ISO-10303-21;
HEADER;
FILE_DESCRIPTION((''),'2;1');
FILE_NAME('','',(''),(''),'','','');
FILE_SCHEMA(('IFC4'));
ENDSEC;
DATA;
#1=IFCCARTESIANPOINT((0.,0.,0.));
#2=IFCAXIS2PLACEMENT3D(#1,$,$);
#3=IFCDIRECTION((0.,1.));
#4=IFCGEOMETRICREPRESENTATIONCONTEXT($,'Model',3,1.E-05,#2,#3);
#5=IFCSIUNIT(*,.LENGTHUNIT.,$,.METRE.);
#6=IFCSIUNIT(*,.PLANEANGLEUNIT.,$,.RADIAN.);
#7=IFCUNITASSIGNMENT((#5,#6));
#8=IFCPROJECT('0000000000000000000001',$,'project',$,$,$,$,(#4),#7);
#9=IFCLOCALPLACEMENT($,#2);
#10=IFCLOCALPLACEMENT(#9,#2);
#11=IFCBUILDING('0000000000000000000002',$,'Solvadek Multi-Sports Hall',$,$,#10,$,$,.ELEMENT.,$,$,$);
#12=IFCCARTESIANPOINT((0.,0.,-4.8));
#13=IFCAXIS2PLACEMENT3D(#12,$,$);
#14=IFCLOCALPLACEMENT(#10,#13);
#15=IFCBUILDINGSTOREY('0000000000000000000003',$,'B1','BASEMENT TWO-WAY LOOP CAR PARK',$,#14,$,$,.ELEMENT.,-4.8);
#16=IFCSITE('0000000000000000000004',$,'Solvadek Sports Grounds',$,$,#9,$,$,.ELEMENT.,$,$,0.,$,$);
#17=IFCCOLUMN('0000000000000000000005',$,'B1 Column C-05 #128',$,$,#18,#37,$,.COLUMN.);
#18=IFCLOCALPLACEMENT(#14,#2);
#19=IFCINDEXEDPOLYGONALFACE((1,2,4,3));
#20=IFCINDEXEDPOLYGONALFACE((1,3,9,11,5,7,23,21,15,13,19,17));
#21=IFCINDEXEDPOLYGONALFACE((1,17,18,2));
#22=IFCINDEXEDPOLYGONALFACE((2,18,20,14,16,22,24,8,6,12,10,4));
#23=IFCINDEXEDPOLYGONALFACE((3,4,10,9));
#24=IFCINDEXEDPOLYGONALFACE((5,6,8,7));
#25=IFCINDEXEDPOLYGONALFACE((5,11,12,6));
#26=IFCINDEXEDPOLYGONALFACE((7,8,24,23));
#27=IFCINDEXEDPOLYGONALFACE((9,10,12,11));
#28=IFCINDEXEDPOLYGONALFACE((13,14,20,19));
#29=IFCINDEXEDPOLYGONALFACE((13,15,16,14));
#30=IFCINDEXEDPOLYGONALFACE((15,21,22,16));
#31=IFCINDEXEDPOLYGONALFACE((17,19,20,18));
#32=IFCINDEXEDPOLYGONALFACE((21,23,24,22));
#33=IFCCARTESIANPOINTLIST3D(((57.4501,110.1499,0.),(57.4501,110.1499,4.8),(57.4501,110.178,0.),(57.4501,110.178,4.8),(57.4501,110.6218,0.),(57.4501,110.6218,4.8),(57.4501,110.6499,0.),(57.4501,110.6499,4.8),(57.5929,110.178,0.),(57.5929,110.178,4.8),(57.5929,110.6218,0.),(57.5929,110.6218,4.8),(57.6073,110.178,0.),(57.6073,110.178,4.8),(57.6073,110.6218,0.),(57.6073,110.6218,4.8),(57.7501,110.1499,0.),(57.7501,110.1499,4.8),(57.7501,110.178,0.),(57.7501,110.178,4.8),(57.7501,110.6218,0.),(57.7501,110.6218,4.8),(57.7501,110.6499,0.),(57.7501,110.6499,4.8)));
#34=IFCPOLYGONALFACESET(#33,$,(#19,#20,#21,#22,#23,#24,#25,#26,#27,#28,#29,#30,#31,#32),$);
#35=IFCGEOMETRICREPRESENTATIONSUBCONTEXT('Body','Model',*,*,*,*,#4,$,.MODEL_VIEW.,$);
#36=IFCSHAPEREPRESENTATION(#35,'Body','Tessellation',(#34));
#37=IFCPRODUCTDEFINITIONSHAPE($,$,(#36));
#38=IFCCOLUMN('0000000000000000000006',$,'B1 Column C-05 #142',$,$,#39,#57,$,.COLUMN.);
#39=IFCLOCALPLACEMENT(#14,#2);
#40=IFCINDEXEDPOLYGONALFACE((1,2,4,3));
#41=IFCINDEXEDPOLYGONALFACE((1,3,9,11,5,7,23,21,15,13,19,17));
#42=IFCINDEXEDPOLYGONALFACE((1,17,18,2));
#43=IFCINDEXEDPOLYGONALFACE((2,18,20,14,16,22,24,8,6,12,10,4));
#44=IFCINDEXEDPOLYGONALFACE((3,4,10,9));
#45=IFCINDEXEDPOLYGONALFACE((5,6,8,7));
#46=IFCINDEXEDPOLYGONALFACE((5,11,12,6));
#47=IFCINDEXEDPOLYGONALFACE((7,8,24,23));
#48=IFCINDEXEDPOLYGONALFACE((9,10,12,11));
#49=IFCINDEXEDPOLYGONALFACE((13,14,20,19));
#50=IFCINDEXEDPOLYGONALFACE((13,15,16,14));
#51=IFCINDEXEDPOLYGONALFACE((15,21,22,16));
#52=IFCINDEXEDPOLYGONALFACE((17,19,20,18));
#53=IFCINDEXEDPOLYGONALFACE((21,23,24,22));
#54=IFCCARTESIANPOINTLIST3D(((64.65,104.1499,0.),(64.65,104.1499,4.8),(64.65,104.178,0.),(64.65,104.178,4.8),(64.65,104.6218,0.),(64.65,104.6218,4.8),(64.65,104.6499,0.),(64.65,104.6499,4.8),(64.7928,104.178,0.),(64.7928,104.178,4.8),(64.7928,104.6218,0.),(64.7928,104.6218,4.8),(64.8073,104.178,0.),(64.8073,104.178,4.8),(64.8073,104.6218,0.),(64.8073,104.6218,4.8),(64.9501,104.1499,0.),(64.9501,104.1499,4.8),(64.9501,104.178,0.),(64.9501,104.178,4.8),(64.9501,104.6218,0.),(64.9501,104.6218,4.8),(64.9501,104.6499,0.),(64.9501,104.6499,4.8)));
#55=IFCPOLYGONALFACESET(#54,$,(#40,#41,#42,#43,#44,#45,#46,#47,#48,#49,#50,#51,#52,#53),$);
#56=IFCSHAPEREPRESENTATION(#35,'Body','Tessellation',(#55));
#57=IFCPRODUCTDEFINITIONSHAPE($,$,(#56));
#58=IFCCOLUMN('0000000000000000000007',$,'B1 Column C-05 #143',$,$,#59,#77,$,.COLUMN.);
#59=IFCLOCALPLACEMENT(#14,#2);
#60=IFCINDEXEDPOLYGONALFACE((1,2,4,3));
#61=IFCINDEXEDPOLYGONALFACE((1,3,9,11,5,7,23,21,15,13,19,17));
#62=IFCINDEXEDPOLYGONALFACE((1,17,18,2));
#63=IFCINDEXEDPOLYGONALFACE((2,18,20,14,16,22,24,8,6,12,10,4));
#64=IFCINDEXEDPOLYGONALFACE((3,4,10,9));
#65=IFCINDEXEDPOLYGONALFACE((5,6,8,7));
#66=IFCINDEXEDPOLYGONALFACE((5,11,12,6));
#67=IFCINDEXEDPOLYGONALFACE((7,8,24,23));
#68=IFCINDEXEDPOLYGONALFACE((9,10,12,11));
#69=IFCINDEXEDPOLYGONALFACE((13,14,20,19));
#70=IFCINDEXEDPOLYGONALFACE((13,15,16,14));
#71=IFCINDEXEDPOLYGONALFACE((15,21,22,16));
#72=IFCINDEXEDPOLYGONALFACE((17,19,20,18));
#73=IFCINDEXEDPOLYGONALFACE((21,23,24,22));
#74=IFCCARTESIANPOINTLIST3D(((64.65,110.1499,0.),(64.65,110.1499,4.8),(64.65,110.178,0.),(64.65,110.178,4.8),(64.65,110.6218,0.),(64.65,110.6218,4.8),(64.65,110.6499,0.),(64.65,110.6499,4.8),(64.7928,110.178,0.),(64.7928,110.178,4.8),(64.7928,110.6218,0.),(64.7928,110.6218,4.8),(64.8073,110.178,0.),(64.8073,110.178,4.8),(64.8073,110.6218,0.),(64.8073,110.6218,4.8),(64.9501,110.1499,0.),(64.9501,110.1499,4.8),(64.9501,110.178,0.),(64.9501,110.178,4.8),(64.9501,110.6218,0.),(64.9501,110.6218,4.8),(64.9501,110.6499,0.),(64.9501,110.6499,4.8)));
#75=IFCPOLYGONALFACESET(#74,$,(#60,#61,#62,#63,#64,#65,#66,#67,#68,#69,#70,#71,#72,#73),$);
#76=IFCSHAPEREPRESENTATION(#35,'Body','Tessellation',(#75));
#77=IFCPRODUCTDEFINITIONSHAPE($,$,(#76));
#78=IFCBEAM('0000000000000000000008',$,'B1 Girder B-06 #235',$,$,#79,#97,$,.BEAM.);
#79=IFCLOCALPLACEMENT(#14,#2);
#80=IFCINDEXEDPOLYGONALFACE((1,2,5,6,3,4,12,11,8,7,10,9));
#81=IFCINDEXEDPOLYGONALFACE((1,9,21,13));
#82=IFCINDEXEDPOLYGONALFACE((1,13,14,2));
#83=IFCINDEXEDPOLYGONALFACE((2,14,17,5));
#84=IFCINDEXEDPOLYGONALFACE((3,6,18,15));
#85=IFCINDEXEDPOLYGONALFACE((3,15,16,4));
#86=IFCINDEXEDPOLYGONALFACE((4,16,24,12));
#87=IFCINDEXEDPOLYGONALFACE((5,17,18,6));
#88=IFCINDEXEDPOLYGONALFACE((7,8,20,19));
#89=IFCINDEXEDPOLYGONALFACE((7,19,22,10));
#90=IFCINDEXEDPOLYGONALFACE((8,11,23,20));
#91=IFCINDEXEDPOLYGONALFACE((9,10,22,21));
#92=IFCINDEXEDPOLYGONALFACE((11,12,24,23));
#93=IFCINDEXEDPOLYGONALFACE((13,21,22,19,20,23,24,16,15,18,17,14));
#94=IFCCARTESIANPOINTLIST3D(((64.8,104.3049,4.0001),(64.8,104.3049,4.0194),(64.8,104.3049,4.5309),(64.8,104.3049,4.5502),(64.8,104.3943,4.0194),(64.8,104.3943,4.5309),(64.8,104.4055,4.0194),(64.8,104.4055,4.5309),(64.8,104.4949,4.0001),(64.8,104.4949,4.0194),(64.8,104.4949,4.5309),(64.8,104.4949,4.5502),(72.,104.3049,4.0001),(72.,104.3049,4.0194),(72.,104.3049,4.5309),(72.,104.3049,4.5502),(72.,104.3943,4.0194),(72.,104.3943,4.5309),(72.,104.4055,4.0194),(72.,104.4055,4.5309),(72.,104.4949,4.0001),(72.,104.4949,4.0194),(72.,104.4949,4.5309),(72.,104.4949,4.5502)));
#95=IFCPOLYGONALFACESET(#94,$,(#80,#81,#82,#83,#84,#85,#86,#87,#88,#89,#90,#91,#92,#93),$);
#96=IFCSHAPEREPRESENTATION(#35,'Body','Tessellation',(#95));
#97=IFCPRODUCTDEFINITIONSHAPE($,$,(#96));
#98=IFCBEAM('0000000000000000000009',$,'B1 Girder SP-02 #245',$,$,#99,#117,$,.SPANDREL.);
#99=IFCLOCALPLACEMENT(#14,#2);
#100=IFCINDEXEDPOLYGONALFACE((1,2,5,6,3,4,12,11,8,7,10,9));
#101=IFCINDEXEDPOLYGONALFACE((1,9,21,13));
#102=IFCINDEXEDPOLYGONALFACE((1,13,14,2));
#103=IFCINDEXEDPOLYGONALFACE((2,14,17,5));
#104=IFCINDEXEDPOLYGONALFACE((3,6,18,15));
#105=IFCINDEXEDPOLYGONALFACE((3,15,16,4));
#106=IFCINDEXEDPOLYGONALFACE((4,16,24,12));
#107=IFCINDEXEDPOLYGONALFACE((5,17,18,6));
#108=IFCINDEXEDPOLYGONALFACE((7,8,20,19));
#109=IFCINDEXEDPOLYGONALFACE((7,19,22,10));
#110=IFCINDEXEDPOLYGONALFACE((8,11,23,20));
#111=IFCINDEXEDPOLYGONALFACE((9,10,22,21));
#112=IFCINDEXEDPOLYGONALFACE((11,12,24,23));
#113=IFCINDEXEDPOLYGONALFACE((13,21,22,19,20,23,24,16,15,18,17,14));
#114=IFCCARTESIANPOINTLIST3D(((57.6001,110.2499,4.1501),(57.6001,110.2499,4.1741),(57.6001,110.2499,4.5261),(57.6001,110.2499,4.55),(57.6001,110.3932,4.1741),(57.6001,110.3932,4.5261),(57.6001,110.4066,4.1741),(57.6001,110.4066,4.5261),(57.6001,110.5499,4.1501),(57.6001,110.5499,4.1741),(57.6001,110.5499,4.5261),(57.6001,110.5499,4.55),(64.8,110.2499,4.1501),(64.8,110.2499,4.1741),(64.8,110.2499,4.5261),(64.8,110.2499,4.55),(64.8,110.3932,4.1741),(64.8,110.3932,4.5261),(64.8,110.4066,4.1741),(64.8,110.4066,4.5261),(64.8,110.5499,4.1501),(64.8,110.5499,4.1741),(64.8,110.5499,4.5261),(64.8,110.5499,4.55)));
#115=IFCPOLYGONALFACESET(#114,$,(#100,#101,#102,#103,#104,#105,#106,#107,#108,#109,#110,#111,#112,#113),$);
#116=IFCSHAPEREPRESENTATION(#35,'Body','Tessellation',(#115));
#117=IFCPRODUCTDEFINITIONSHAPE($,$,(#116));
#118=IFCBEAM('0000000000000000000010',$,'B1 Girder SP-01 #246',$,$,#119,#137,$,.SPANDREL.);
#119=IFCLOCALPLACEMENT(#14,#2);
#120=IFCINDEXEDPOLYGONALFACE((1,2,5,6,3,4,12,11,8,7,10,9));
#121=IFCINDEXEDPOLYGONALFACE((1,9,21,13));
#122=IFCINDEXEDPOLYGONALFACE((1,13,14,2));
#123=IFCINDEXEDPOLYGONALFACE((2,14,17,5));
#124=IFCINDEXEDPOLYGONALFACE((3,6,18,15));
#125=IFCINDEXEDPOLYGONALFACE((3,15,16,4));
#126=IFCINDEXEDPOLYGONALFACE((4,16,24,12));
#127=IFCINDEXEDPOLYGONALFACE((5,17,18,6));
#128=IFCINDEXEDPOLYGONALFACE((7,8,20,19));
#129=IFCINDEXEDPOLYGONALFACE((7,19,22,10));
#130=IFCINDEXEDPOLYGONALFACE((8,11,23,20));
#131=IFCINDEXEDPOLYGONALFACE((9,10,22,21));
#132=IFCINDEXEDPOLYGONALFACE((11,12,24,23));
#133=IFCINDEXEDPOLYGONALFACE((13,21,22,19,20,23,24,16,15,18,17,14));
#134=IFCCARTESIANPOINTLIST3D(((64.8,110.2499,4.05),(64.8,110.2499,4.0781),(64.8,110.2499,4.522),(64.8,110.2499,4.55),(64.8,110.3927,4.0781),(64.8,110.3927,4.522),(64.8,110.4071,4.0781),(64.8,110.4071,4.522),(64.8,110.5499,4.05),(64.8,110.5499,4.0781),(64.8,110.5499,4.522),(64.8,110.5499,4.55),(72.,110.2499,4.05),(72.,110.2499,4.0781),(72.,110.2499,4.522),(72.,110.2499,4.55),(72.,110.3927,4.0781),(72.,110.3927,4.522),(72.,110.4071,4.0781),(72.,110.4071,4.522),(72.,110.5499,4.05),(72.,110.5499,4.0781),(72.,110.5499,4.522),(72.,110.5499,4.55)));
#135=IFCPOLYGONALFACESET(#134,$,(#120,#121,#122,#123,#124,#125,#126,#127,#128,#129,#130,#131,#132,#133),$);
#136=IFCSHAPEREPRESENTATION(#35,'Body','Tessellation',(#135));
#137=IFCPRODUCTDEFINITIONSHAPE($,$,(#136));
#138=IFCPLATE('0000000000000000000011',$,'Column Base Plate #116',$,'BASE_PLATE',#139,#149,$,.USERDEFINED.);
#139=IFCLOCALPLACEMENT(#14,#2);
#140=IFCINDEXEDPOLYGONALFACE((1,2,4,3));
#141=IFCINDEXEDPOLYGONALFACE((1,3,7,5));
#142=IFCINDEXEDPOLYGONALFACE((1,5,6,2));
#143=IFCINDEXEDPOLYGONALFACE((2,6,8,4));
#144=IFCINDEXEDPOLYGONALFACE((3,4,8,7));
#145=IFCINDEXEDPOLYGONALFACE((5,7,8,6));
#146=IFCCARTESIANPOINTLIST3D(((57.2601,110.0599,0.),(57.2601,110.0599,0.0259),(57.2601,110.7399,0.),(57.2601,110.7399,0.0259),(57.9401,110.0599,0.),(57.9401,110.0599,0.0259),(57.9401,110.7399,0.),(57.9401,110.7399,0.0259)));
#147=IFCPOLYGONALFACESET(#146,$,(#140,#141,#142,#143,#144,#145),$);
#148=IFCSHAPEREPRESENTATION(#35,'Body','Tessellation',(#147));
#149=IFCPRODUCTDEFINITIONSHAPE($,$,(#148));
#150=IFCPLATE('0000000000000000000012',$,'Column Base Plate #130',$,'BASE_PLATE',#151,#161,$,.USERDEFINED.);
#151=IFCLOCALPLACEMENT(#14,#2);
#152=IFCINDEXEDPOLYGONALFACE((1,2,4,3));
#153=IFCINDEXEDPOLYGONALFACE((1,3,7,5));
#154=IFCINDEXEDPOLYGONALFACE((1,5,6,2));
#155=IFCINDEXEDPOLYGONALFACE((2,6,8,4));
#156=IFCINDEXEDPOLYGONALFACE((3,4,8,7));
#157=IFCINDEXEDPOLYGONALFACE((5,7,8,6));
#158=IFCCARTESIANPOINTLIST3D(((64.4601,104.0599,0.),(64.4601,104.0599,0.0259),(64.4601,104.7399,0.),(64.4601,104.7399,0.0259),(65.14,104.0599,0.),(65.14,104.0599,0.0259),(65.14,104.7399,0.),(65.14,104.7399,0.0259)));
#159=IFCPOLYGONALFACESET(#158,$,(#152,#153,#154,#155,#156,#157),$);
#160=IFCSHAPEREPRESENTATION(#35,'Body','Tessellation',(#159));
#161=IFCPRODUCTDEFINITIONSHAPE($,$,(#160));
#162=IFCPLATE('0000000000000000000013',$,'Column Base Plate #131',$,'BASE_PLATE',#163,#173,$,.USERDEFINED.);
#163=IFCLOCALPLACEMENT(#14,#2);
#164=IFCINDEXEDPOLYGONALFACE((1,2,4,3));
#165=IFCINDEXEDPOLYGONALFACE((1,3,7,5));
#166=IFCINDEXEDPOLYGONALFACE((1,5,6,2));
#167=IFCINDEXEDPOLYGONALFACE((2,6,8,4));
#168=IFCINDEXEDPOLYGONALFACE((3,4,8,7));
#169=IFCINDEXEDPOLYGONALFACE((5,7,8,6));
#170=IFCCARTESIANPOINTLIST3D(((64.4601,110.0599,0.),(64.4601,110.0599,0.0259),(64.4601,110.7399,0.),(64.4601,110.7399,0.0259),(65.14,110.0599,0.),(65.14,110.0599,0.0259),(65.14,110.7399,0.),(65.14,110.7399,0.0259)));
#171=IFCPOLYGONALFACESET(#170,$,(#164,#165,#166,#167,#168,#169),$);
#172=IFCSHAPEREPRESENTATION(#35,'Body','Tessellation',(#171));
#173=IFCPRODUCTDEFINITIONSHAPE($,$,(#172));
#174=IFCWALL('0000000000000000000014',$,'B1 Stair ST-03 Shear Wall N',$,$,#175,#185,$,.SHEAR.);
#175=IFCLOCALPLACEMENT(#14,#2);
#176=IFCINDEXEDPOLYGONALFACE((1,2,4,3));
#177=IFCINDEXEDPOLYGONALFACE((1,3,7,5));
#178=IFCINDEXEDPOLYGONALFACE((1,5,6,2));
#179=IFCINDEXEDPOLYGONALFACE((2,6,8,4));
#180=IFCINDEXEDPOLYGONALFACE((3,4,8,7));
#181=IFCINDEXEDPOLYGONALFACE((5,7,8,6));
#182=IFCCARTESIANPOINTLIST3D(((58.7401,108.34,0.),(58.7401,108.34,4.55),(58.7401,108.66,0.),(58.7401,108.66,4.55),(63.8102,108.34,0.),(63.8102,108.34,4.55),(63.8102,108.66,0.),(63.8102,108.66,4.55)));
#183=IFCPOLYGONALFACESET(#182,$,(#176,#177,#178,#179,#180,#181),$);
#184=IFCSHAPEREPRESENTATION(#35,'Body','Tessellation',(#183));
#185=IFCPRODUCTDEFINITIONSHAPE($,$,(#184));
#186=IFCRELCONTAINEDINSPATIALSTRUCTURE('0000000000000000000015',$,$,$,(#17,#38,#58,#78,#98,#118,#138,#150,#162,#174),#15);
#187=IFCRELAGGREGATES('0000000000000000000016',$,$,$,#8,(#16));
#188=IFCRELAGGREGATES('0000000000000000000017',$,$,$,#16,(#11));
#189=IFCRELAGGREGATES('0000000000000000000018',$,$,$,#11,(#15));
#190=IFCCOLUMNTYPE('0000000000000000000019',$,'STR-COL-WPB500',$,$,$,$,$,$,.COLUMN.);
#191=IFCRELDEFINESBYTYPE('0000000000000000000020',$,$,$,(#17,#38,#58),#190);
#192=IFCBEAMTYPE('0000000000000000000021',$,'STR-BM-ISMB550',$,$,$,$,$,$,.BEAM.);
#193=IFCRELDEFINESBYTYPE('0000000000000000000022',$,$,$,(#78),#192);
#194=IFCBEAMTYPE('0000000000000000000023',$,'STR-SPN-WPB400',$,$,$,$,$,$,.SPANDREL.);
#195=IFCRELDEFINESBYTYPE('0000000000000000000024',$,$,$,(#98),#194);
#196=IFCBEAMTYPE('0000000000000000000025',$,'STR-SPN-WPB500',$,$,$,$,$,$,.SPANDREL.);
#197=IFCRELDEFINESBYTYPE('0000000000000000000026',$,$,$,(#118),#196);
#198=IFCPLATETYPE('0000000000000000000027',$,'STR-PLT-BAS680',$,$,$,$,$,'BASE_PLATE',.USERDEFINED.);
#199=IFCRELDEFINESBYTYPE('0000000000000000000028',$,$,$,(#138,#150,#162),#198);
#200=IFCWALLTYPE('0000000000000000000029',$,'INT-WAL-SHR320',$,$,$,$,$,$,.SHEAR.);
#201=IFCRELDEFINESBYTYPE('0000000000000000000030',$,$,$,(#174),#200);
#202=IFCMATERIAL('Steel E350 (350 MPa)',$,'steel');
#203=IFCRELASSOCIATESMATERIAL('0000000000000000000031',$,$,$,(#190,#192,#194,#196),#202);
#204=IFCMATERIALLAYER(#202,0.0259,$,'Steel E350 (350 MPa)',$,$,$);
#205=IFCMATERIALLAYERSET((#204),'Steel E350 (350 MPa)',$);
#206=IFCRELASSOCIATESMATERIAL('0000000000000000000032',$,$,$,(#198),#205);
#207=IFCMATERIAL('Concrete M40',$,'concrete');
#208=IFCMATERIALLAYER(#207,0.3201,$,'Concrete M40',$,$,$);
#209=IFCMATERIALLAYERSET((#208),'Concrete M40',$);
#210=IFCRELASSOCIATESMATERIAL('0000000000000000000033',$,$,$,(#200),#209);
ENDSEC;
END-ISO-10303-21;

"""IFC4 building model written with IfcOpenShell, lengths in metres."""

from ifc_helpers import new_model, si_unit, direction, frame, frame_2d, origin, origin_2d, place, context, subcontext, project, spatial, rectangle, i_section, extrude, material, layer, layer_set, material_profile, profile_set, type_object, element, save


model = new_model("IFC4")

# Units and contexts
model_context = context("Model", 3, precision=1e-05, world=origin(), true_north=direction((0.0, 1.0)))
body_context = subcontext(model_context, "Body", "Model", "MODEL_VIEW")
ifc_project = project(units=[si_unit("LENGTHUNIT", "METRE"), si_unit("PLANEANGLEUNIT", "RADIAN")], contexts=[model_context])

# Site, building, storey
site_placement = place(None, origin())
site = spatial("IfcSite", under=ifc_project, at=site_placement, Name="Solvadek Sports Grounds", CompositionType="ELEMENT", RefElevation=0.0)
building_placement = place(site_placement, origin())
building = spatial("IfcBuilding", under=site, at=building_placement, Name="Solvadek Multi-Sports Hall", CompositionType="ELEMENT")
storey_placement = place(building_placement, frame((0.0, 0.0, -4.8)))
storey = spatial("IfcBuildingStorey", under=building, at=storey_placement, Name="B1", Description="BASEMENT TWO-WAY LOOP CAR PARK", CompositionType="ELEMENT", Elevation=-4.8)

# Shared definitions
ifc_material_1 = material(Name="Concrete M40", Category="concrete")

# Columns
ifc_material_2 = material(Name="Steel E350 (350 MPa)", Category="steel")
ifc_material_profile_1 = material_profile(ifc_material_2, i_section(OverallWidth=0.3, OverallDepth=0.5, WebThickness=0.0144, FlangeThickness=0.0281, at=origin_2d()), Name="WPB 500")
ifc_profile_set_1 = profile_set([ifc_material_profile_1], Name="Steel E350 (350 MPa)")
column_type = type_object("IfcColumnType", Name="STR-COL-WPB500", PredefinedType="COLUMN", material=ifc_profile_set_1)
for number, where, z_axis, x_axis, name in (
    (1, (57.6001, 110.3999, 0.0), (0.0, 0.0, 1.0), (1.0, 0.0, 0.0), "B1 Column C-05 #128"),
    (2, (64.8, 104.3999, 0.0), (0.0, 0.0, 1.0), (1.0, 0.0, 0.0), "B1 Column C-05 #142"),
    (3, (64.8, 110.3999, 0.0), (0.0, 0.0, 1.0), (1.0, 0.0, 0.0), "B1 Column C-05 #143"),
):
    element("IfcColumn", number, at=place(storey_placement, frame(where, z_axis=z_axis, x_axis=x_axis)), inside=storey, type_object=column_type, Name=name, PredefinedType="COLUMN", context=body_context, shape_type="SweptSolid", body=[
        extrude(i_section(OverallWidth=0.3, OverallDepth=0.5, WebThickness=0.0144, FlangeThickness=0.0281, at=origin_2d()), origin(), (0.0, 0.0, 1.0), 4.8),
    ])

# Beams
ifc_material_profile_2 = material_profile(ifc_material_2, i_section(OverallWidth=0.1899, OverallDepth=0.55, WebThickness=0.0112, FlangeThickness=0.0193, at=origin_2d()), Name="ISMB 550")
ifc_profile_set_2 = profile_set([ifc_material_profile_2], Name="Steel E350 (350 MPa)")
beam_type_1 = type_object("IfcBeamType", Name="STR-BM-ISMB550", PredefinedType="BEAM", material=ifc_profile_set_2)
beam_1_placement = place(storey_placement, frame((64.8, 104.3999, 4.2751), z_axis=(1.0, 0.0, 0.0), x_axis=(0.0, 1.0, 0.0)))
element("IfcBeam", 4, at=beam_1_placement, inside=storey, type_object=beam_type_1, Name="B1 Girder B-06 #235", PredefinedType="BEAM", context=body_context, shape_type="SweptSolid", body=[
    extrude(i_section(OverallWidth=0.1899, OverallDepth=0.55, WebThickness=0.0112, FlangeThickness=0.0193, at=origin_2d()), origin(), (0.0, 0.0, 1.0), 7.2),
])
ifc_material_profile_3 = material_profile(ifc_material_2, i_section(OverallWidth=0.3, OverallDepth=0.3999, WebThickness=0.0134, FlangeThickness=0.0239, at=origin_2d()), Name="WPB 400")
ifc_profile_set_3 = profile_set([ifc_material_profile_3], Name="Steel E350 (350 MPa)")
beam_type_2 = type_object("IfcBeamType", Name="STR-SPN-WPB400", PredefinedType="SPANDREL", material=ifc_profile_set_3)
beam_2_placement = place(storey_placement, frame((57.6001, 110.3999, 4.3501), z_axis=(1.0, 0.0, 0.0), x_axis=(0.0, 1.0, 0.0)))
element("IfcBeam", 5, at=beam_2_placement, inside=storey, type_object=beam_type_2, Name="B1 Girder SP-02 #245", PredefinedType="SPANDREL", context=body_context, shape_type="SweptSolid", body=[
    extrude(i_section(OverallWidth=0.3, OverallDepth=0.3999, WebThickness=0.0134, FlangeThickness=0.0239, at=origin_2d()), origin(), (0.0, 0.0, 1.0), 7.2),
])
ifc_material_profile_4 = material_profile(ifc_material_2, i_section(OverallWidth=0.3, OverallDepth=0.5, WebThickness=0.0144, FlangeThickness=0.0281, at=origin_2d()), Name="WPB 500")
ifc_profile_set_4 = profile_set([ifc_material_profile_4], Name="Steel E350 (350 MPa)")
beam_type_3 = type_object("IfcBeamType", Name="STR-SPN-WPB500", PredefinedType="SPANDREL", material=ifc_profile_set_4)
beam_3_placement = place(storey_placement, frame((64.8, 110.3999, 4.3), z_axis=(1.0, 0.0, 0.0), x_axis=(0.0, 1.0, 0.0)))
element("IfcBeam", 6, at=beam_3_placement, inside=storey, type_object=beam_type_3, Name="B1 Girder SP-01 #246", PredefinedType="SPANDREL", context=body_context, shape_type="SweptSolid", body=[
    extrude(i_section(OverallWidth=0.3, OverallDepth=0.5, WebThickness=0.0144, FlangeThickness=0.0281, at=origin_2d()), origin(), (0.0, 0.0, 1.0), 7.2),
])

# Plates
ifc_layer_1 = layer(ifc_material_2, 0.0259, Name="Steel E350 (350 MPa)")
ifc_layer_set_1 = layer_set([ifc_layer_1], Name="Steel E350 (350 MPa)")
plate_type = type_object("IfcPlateType", Name="STR-PLT-BAS680", ElementType="BASE_PLATE", PredefinedType="USERDEFINED", material=ifc_layer_set_1)
for number, where, z_axis, x_axis, name in (
    (7, (57.6001, 110.3999, 0.0), (0.0, 0.0, 1.0), (1.0, 0.0, 0.0), "Column Base Plate #116"),
    (8, (64.8, 104.3999, 0.0), (0.0, 0.0, 1.0), (1.0, 0.0, 0.0), "Column Base Plate #130"),
    (9, (64.8, 110.3999, 0.0), (0.0, 0.0, 1.0), (1.0, 0.0, 0.0), "Column Base Plate #131"),
):
    element("IfcPlate", number, at=place(storey_placement, frame(where, z_axis=z_axis, x_axis=x_axis)), inside=storey, type_object=plate_type, Name=name, ObjectType="BASE_PLATE", PredefinedType="USERDEFINED", context=body_context, shape_type="SweptSolid", body=[
        extrude(rectangle(XDim=0.6799, YDim=0.6799, at=origin_2d()), origin(), (0.0, 0.0, 1.0), 0.0259),
    ])

# Wall
ifc_layer_2 = layer(ifc_material_1, 0.3201, Name="Concrete M40")
ifc_layer_set_2 = layer_set([ifc_layer_2], Name="Concrete M40")
wall_type = type_object("IfcWallType", Name="INT-WAL-SHR320", PredefinedType="SHEAR", material=ifc_layer_set_2)
wall_placement = place(storey_placement, frame((58.74, 108.5, 0.0), z_axis=(0.0, 0.0, 1.0), x_axis=(1.0, 0.0, 0.0)))
element("IfcWall", 10, at=wall_placement, inside=storey, type_object=wall_type, Name="B1 Stair ST-03 Shear Wall N", PredefinedType="SHEAR", context=body_context, shape_type="SweptSolid", body=[
    extrude(rectangle(XDim=5.0701, YDim=0.3201, at=frame_2d((2.5352, 0.0))), origin(), (0.0, 0.0, 1.0), 4.55),
])

save(model, "model.ifc")
